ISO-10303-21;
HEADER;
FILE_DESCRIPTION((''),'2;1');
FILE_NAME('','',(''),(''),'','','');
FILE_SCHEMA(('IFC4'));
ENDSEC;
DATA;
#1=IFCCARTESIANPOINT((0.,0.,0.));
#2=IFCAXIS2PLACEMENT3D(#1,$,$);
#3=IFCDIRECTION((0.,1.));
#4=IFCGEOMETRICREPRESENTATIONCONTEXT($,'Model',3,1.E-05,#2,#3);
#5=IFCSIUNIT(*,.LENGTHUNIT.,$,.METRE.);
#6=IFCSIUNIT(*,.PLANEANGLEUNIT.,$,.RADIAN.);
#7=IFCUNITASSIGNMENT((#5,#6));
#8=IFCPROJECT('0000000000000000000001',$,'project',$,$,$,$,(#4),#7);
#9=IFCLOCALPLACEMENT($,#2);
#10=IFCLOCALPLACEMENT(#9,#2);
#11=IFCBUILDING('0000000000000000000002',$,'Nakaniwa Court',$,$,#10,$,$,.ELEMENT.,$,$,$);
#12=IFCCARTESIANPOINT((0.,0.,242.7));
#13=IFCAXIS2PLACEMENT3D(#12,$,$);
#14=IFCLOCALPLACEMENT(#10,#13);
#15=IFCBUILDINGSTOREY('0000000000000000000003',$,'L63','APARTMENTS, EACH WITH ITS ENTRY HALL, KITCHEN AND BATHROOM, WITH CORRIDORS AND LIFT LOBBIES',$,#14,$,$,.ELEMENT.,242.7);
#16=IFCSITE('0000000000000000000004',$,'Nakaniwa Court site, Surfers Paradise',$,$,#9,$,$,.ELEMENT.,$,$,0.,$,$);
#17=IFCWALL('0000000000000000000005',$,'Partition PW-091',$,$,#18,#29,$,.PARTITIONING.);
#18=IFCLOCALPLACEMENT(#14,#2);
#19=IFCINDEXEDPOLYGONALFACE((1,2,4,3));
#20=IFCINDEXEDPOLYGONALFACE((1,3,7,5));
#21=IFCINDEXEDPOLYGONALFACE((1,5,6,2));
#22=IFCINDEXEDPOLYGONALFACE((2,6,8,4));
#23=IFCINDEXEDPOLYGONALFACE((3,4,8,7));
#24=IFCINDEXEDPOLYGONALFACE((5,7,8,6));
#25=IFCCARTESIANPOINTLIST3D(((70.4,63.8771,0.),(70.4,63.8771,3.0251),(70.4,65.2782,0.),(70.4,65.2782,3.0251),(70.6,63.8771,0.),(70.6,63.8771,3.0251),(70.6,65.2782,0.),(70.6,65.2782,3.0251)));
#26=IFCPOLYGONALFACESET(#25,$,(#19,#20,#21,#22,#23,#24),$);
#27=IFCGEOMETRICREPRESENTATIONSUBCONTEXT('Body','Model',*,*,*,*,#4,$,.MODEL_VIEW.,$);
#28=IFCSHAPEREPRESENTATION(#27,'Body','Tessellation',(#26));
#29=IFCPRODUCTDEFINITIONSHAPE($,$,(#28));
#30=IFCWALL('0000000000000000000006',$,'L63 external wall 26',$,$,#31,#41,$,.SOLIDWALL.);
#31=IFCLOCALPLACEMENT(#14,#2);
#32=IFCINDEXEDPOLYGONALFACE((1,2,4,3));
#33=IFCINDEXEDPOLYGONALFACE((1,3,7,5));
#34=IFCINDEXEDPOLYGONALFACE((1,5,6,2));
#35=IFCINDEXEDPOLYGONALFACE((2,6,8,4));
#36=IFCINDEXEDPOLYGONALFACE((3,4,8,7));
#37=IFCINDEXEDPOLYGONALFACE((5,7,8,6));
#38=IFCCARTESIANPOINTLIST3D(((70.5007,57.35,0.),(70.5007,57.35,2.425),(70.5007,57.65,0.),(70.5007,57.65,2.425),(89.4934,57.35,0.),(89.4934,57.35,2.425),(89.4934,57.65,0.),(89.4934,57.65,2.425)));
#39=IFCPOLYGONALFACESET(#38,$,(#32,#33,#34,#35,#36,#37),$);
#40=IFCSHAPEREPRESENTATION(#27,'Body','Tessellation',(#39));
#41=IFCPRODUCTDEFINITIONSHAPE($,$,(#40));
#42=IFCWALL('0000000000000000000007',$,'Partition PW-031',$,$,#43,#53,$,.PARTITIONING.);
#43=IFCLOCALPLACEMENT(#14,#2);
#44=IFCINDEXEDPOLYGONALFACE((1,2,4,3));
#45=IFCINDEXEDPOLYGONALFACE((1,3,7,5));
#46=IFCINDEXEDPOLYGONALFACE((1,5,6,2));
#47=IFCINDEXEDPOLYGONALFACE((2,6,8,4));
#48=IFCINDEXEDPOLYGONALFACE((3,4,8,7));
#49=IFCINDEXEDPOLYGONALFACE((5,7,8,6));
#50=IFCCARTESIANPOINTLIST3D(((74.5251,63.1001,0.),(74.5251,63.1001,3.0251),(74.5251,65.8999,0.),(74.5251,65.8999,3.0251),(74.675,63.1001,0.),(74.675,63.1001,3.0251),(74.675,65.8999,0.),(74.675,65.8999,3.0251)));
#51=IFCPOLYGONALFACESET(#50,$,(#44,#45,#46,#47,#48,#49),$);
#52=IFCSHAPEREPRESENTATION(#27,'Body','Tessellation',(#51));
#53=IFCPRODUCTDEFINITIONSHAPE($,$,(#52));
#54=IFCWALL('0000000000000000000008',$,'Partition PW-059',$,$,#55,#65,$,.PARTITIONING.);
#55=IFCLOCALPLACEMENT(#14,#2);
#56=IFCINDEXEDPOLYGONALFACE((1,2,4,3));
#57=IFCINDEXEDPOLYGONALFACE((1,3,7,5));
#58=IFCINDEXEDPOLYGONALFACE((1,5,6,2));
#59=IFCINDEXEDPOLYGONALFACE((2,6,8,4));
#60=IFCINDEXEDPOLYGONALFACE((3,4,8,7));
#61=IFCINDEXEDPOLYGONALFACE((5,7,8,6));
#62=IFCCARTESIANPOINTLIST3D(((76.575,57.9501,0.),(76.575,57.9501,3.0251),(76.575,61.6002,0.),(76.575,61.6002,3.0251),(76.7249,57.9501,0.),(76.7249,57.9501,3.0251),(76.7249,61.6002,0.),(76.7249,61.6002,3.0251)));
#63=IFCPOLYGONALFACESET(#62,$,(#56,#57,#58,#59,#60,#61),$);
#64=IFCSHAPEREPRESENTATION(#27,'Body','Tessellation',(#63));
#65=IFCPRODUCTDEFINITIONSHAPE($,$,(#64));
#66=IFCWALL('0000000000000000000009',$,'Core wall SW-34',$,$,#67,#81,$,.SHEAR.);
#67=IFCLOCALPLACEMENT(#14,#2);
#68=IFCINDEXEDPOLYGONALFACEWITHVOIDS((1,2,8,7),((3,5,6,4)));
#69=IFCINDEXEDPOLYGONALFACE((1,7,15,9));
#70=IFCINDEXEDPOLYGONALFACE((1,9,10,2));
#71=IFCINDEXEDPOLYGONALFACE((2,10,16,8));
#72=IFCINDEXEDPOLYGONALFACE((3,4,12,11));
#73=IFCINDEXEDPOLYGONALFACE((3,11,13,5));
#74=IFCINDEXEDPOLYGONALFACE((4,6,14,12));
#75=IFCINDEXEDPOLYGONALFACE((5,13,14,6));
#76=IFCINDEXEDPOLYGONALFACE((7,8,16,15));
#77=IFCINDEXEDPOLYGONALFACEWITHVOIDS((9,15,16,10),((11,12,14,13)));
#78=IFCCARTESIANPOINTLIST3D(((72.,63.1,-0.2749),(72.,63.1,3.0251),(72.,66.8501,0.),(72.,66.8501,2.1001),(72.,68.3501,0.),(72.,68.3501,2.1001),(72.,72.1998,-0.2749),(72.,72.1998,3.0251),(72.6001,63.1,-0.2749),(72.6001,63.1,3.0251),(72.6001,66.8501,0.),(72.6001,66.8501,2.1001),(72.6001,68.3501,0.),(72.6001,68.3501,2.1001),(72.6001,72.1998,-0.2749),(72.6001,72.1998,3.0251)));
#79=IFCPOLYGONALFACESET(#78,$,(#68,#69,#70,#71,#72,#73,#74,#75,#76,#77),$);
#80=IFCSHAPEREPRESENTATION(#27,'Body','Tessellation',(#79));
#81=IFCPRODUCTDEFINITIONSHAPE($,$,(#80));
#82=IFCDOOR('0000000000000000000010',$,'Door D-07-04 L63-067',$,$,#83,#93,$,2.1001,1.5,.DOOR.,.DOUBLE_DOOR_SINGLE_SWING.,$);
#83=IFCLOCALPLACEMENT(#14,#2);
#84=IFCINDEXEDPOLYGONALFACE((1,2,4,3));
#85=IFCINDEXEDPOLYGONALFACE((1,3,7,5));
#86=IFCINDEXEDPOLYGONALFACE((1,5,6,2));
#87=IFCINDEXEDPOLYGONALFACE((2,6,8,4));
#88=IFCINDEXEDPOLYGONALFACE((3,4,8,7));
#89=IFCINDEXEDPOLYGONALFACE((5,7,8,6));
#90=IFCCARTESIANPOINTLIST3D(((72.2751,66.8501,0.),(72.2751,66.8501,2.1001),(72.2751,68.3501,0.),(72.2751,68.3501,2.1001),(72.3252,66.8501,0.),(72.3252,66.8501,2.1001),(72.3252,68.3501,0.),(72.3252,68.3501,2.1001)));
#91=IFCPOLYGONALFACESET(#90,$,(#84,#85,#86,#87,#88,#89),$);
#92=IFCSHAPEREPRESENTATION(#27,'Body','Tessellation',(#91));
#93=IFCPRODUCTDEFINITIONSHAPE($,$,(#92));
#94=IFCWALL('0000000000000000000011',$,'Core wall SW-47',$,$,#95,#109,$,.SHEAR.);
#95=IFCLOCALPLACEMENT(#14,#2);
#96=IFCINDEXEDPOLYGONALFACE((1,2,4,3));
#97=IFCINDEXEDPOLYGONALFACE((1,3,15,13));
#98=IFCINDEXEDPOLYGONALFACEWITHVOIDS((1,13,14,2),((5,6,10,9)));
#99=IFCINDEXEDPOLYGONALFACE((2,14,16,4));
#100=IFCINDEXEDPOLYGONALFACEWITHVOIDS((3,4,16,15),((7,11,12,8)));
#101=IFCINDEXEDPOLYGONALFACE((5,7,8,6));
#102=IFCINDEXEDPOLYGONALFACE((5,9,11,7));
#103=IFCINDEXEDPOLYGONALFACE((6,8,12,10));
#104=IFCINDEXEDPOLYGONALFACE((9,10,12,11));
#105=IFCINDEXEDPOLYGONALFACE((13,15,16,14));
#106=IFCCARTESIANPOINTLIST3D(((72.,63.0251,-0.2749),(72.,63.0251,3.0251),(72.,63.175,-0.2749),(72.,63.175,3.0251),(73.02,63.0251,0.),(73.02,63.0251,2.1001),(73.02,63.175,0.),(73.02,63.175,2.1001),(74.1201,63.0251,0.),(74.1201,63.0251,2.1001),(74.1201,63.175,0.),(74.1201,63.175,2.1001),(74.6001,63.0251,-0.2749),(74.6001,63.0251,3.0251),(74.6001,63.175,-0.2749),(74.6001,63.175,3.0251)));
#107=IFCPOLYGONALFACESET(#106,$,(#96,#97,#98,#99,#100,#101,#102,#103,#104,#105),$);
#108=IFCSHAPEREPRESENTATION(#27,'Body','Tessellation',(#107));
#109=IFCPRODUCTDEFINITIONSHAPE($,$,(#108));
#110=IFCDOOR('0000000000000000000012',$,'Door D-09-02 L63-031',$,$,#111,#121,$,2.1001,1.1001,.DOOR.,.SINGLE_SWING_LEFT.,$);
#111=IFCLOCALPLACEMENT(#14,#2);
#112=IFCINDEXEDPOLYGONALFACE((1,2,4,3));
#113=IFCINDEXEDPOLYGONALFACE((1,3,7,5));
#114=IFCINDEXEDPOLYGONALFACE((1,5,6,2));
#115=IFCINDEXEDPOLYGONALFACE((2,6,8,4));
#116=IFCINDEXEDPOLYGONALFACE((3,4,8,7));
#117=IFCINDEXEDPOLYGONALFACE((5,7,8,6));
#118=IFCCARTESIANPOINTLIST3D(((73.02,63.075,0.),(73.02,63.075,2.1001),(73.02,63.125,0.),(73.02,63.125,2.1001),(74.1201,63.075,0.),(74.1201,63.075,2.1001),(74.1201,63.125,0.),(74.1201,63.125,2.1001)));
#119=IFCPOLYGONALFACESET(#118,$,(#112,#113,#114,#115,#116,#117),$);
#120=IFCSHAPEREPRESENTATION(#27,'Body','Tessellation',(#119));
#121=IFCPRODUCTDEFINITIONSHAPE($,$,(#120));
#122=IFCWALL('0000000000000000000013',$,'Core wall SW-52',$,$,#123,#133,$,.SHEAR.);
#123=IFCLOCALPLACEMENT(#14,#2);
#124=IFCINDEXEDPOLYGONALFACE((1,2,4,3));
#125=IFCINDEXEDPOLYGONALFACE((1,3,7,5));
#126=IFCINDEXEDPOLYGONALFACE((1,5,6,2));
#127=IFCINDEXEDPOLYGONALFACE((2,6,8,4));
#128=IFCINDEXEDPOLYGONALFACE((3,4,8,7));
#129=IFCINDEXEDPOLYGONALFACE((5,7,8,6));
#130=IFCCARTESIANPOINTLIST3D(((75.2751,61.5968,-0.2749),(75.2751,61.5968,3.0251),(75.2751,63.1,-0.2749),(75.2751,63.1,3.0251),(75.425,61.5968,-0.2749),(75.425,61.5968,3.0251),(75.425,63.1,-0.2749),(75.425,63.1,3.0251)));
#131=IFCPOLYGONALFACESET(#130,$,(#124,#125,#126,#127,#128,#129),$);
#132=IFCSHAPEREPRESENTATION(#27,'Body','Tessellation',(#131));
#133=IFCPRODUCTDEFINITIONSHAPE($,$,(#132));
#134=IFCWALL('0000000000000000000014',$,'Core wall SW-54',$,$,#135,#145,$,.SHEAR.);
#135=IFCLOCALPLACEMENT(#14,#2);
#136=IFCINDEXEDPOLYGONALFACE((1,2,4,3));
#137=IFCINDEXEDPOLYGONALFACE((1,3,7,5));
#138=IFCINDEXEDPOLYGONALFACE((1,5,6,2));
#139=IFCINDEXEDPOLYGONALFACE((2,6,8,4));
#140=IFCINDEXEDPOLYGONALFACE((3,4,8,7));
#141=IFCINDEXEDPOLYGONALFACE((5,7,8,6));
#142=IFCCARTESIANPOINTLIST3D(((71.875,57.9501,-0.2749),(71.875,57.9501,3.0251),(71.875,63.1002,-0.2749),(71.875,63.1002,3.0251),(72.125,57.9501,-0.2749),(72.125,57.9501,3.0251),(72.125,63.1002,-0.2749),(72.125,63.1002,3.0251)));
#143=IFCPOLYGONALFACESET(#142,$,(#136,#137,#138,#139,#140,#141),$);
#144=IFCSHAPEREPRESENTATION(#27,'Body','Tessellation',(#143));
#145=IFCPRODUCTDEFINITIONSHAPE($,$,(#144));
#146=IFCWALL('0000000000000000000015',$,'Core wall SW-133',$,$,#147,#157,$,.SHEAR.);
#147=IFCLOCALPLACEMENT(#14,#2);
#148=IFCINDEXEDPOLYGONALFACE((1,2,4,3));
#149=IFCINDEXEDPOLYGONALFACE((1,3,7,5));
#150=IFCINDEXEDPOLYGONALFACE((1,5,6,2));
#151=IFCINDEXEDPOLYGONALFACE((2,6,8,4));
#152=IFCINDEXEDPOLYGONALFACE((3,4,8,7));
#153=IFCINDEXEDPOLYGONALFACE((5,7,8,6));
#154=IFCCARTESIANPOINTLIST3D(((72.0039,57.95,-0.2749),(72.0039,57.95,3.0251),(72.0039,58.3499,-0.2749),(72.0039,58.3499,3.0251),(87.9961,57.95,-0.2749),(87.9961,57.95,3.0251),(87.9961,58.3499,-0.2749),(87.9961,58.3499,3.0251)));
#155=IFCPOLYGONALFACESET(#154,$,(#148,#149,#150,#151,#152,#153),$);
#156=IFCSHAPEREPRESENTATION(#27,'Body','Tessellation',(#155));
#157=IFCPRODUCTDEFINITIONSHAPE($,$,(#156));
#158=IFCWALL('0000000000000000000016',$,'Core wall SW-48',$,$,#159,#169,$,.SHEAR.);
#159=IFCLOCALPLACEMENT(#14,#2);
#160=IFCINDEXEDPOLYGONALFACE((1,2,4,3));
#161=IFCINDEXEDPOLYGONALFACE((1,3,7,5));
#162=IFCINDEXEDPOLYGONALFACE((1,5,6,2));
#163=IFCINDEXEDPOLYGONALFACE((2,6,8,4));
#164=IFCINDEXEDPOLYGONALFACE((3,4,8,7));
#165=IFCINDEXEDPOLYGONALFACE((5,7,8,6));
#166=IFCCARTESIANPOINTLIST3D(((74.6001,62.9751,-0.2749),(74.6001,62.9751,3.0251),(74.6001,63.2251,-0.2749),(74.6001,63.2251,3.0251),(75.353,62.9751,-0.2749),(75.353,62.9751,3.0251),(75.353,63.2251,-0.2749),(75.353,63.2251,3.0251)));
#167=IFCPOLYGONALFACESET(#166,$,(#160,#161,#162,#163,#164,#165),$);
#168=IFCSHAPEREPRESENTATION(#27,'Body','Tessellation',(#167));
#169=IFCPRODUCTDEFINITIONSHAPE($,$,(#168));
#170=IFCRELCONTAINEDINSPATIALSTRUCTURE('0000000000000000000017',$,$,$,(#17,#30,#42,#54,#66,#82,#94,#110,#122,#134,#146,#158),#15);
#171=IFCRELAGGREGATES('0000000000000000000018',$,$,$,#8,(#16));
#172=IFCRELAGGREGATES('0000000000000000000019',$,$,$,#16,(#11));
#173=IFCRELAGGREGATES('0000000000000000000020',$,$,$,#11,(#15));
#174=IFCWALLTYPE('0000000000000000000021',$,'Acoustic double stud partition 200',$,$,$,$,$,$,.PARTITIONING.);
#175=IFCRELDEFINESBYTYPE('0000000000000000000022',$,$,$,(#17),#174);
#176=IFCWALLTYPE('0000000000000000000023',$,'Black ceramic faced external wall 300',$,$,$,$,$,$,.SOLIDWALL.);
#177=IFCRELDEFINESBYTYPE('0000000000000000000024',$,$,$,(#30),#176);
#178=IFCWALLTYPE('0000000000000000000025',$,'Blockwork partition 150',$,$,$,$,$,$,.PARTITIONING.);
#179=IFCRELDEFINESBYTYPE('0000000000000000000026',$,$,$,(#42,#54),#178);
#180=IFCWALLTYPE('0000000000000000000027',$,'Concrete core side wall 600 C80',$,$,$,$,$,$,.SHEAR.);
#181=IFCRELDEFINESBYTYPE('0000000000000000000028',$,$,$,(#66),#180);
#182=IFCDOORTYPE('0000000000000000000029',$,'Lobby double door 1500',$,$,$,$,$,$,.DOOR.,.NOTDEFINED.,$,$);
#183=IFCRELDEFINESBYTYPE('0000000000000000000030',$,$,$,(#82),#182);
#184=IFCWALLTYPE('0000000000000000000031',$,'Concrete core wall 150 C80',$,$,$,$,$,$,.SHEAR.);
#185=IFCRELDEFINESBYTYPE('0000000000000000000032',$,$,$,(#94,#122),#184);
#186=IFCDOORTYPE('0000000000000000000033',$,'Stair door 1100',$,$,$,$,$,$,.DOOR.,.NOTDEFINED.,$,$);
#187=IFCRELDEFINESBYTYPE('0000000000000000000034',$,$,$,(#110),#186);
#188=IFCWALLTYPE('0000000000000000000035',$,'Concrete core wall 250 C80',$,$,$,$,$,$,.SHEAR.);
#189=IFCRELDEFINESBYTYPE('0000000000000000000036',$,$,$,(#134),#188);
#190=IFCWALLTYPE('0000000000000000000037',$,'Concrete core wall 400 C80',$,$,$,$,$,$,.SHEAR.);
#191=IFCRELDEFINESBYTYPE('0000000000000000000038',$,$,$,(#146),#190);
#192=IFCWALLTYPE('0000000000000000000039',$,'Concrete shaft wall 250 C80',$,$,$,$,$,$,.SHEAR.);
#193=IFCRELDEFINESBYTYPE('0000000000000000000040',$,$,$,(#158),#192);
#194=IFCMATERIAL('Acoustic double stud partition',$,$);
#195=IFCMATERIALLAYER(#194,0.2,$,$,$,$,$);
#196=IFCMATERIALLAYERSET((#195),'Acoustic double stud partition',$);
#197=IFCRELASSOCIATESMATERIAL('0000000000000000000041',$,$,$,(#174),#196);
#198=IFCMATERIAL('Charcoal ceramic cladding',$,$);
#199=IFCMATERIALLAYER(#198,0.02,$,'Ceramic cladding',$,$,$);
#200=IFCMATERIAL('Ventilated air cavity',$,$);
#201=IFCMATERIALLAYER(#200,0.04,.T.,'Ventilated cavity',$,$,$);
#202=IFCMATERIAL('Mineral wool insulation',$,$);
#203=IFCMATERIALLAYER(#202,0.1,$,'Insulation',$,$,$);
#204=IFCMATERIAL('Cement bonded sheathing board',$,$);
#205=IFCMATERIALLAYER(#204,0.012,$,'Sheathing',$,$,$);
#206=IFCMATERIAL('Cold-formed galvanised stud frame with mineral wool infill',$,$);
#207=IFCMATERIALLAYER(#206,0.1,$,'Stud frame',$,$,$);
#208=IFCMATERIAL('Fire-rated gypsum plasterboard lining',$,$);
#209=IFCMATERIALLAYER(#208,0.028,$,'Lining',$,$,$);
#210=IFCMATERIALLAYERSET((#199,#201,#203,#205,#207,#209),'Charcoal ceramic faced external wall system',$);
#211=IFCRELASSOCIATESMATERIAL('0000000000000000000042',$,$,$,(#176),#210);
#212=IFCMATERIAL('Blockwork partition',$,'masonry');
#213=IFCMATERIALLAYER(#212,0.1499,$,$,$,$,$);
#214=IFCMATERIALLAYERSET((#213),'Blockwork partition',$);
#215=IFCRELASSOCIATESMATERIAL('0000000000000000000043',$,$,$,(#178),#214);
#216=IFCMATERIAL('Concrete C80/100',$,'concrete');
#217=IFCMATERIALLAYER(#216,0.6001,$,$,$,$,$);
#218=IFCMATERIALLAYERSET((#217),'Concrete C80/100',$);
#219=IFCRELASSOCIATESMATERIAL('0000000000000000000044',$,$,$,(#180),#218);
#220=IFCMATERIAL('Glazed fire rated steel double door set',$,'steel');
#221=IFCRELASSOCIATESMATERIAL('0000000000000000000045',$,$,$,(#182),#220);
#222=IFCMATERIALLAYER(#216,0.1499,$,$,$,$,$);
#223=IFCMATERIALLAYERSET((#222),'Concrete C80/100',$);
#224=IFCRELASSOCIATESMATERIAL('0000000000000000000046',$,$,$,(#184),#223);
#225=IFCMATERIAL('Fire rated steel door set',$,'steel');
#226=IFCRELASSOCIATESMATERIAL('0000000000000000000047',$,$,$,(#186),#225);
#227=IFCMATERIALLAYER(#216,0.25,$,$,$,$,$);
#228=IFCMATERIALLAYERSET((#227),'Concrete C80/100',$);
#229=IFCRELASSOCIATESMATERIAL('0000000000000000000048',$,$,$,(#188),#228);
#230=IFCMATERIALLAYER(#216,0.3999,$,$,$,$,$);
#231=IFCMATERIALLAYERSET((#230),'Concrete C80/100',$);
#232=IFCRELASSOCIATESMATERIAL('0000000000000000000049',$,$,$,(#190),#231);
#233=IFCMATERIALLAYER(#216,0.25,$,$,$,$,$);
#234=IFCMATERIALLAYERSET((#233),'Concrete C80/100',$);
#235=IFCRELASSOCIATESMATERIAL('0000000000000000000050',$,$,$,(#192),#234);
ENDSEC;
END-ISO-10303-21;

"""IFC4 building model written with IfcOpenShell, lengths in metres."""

from ifc_helpers import new_model, si_unit, direction, frame, frame_2d, origin, place, context, subcontext, project, spatial, rectangle, extrude, material, layer, layer_set, type_object, element, fill, save


model = new_model("IFC4")

# Units and contexts
model_context = context("Model", 3, precision=1e-05, world=origin(), true_north=direction((0.0, 1.0)))
body_context = subcontext(model_context, "Body", "Model", "MODEL_VIEW")
ifc_project = project(units=[si_unit("LENGTHUNIT", "METRE"), si_unit("PLANEANGLEUNIT", "RADIAN")], contexts=[model_context])

# Site, building, storey
site_placement = place(None, origin())
site = spatial("IfcSite", under=ifc_project, at=site_placement, Name="Nakaniwa Court site, Surfers Paradise", CompositionType="ELEMENT", RefElevation=0.0)
building_placement = place(site_placement, origin())
building = spatial("IfcBuilding", under=site, at=building_placement, Name="Nakaniwa Court", CompositionType="ELEMENT")
storey_placement = place(building_placement, frame((0.0, 0.0, 242.7)))
storey = spatial("IfcBuildingStorey", under=building, at=storey_placement, Name="L63", Description="APARTMENTS, EACH WITH ITS ENTRY HALL, KITCHEN AND BATHROOM, WITH CORRIDORS AND LIFT LOBBIES", CompositionType="ELEMENT", Elevation=242.7)

# Walls
ifc_material_1 = material(Name="Acoustic double stud partition")
ifc_layer_1 = layer(ifc_material_1, 0.2)
ifc_layer_set_1 = layer_set([ifc_layer_1], Name="Acoustic double stud partition")
wall_type_1 = type_object("IfcWallType", Name="Acoustic double stud partition 200", PredefinedType="PARTITIONING", material=ifc_layer_set_1)
wall_1_placement = place(storey_placement, frame((70.5, 63.877, 0.0), z_axis=(0.0, 0.0, 1.0), x_axis=(0.0, 1.0, 0.0)))
element("IfcWall", 1, at=wall_1_placement, inside=storey, type_object=wall_type_1, Name="Partition PW-091", PredefinedType="PARTITIONING", context=body_context, shape_type="SweptSolid", body=[
    extrude(rectangle(XDim=1.4011, YDim=0.2, at=frame_2d((0.7007, 0.0))), origin(), (0.0, 0.0, 1.0), 3.0251),
])
ifc_material_2 = material(Name="Charcoal ceramic cladding")
ifc_layer_2 = layer(ifc_material_2, 0.02, Name="Ceramic cladding")
ifc_material_3 = material(Name="Ventilated air cavity")
ifc_layer_3 = layer(ifc_material_3, 0.04, ventilated=True, Name="Ventilated cavity")
ifc_material_4 = material(Name="Mineral wool insulation")
ifc_layer_4 = layer(ifc_material_4, 0.1, Name="Insulation")
ifc_material_5 = material(Name="Cement bonded sheathing board")
ifc_layer_5 = layer(ifc_material_5, 0.012, Name="Sheathing")
ifc_material_6 = material(Name="Cold-formed galvanised stud frame with mineral wool infill")
ifc_layer_6 = layer(ifc_material_6, 0.1, Name="Stud frame")
ifc_material_7 = material(Name="Fire-rated gypsum plasterboard lining")
ifc_layer_7 = layer(ifc_material_7, 0.028, Name="Lining")
ifc_layer_set_2 = layer_set([ifc_layer_2, ifc_layer_3, ifc_layer_4, ifc_layer_5, ifc_layer_6, ifc_layer_7], Name="Charcoal ceramic faced external wall system")
wall_type_2 = type_object("IfcWallType", Name="Black ceramic faced external wall 300", PredefinedType="SOLIDWALL", material=ifc_layer_set_2)
wall_2_placement = place(storey_placement, frame((70.5007, 57.5, 0.0), z_axis=(0.0, 0.0, 1.0), x_axis=(1.0, 0.0, 0.0)))
element("IfcWall", 2, at=wall_2_placement, inside=storey, type_object=wall_type_2, Name="L63 external wall 26", PredefinedType="SOLIDWALL", context=body_context, shape_type="SweptSolid", body=[
    extrude(rectangle(XDim=18.9927, YDim=0.3, at=frame_2d((9.4963, 0.0))), origin(), (0.0, 0.0, 1.0), 2.425),
])
ifc_material_8 = material(Name="Blockwork partition", Category="masonry")
ifc_layer_8 = layer(ifc_material_8, 0.1499)
ifc_layer_set_3 = layer_set([ifc_layer_8], Name="Blockwork partition")
wall_type_3 = type_object("IfcWallType", Name="Blockwork partition 150", PredefinedType="PARTITIONING", material=ifc_layer_set_3)
wall_3_placement = place(storey_placement, frame((74.6001, 63.1001, 0.0), z_axis=(0.0, 0.0, 1.0), x_axis=(0.0, 1.0, 0.0)))
element("IfcWall", 3, at=wall_3_placement, inside=storey, type_object=wall_type_3, Name="Partition PW-031", PredefinedType="PARTITIONING", context=body_context, shape_type="SweptSolid", body=[
    extrude(rectangle(XDim=2.7998, YDim=0.1499, at=frame_2d((1.3999, 0.0))), origin(), (0.0, 0.0, 1.0), 3.0251),
])
wall_4_placement = place(storey_placement, frame((76.6499, 57.95, 0.0), z_axis=(0.0, 0.0, 1.0), x_axis=(0.0, 1.0, 0.0)))
element("IfcWall", 4, at=wall_4_placement, inside=storey, type_object=wall_type_3, Name="Partition PW-059", PredefinedType="PARTITIONING", context=body_context, shape_type="SweptSolid", body=[
    extrude(rectangle(XDim=3.6501, YDim=0.1499, at=frame_2d((1.8252, 0.0))), origin(), (0.0, 0.0, 1.0), 3.0251),
])

# Walls, openings, doors
ifc_material_9 = material(Name="Concrete C80/100", Category="concrete")
ifc_layer_9 = layer(ifc_material_9, 0.6001)
ifc_layer_set_4 = layer_set([ifc_layer_9], Name="Concrete C80/100")
wall_type_4 = type_object("IfcWallType", Name="Concrete core side wall 600 C80", PredefinedType="SHEAR", material=ifc_layer_set_4)
wall_5_placement = place(storey_placement, frame((72.3, 63.1001, -0.2749), z_axis=(0.0, 0.0, 1.0), x_axis=(0.0, 1.0, 0.0)))
wall_5 = element("IfcWall", 5, at=wall_5_placement, inside=storey, type_object=wall_type_4, Name="Core wall SW-34", PredefinedType="SHEAR", context=body_context, shape_type="SweptSolid", body=[
    extrude(rectangle(XDim=9.0999, YDim=0.6001, at=frame_2d((4.5498, 0.0))), origin(), (0.0, 0.0, 1.0), 3.3),
])
opening_1_placement = place(wall_5_placement, frame((3.75, 0.0, 0.2749)))
opening_1 = element("IfcOpeningElement", 6, at=opening_1_placement, cuts=wall_5, PredefinedType="OPENING", context=body_context, shape_type="SweptSolid", body=[
    extrude(rectangle(XDim=1.5, YDim=2.1001, at=frame_2d((0.75, 1.05))), frame((0.0, 0.3101, 0.0), z_axis=(0.0, -1.0, 0.0), x_axis=(1.0, 0.0, 0.0)), (0.0, 0.0, 1.0), 0.6201),
])
ifc_material_10 = material(Name="Glazed fire rated steel double door set", Category="steel")
door_type_1 = type_object("IfcDoorType", Name="Lobby double door 1500", OperationType="NOTDEFINED", PredefinedType="DOOR", material=ifc_material_10)
door_1_placement = place(opening_1_placement, origin())
door_1 = element("IfcDoor", 7, at=door_1_placement, inside=storey, type_object=door_type_1, Name="Door D-07-04 L63-067", OperationType="DOUBLE_DOOR_SINGLE_SWING", OverallHeight=2.1001, OverallWidth=1.5, PredefinedType="DOOR", context=body_context, shape_type="SweptSolid", body=[
    extrude(rectangle(XDim=1.5, YDim=2.1001, at=frame_2d((0.75, 1.05))), frame((0.0, 0.0249, 0.0), z_axis=(0.0, -1.0, 0.0), x_axis=(1.0, 0.0, 0.0)), (0.0, 0.0, 1.0), 0.05),
])
fill(opening_1, door_1)
ifc_layer_10 = layer(ifc_material_9, 0.1499)
ifc_layer_set_5 = layer_set([ifc_layer_10], Name="Concrete C80/100")
wall_type_5 = type_object("IfcWallType", Name="Concrete core wall 150 C80", PredefinedType="SHEAR", material=ifc_layer_set_5)
wall_6_placement = place(storey_placement, frame((72.0, 63.1001, -0.2749), z_axis=(0.0, 0.0, 1.0), x_axis=(1.0, 0.0, 0.0)))
wall_6 = element("IfcWall", 8, at=wall_6_placement, inside=storey, type_object=wall_type_5, Name="Core wall SW-47", PredefinedType="SHEAR", context=body_context, shape_type="SweptSolid", body=[
    extrude(rectangle(XDim=2.6001, YDim=0.1499, at=frame_2d((1.3, 0.0))), origin(), (0.0, 0.0, 1.0), 3.3),
])
opening_2_placement = place(wall_6_placement, frame((1.02, 0.0, 0.2749)))
opening_2 = element("IfcOpeningElement", 9, at=opening_2_placement, cuts=wall_6, PredefinedType="OPENING", context=body_context, shape_type="SweptSolid", body=[
    extrude(rectangle(XDim=1.1001, YDim=2.1001, at=frame_2d((0.55, 1.05))), frame((0.0, 0.085, 0.0), z_axis=(0.0, -1.0, 0.0), x_axis=(1.0, 0.0, 0.0)), (0.0, 0.0, 1.0), 0.1699),
])
ifc_material_11 = material(Name="Fire rated steel door set", Category="steel")
door_type_2 = type_object("IfcDoorType", Name="Stair door 1100", OperationType="NOTDEFINED", PredefinedType="DOOR", material=ifc_material_11)
door_2_placement = place(opening_2_placement, origin())
door_2 = element("IfcDoor", 10, at=door_2_placement, inside=storey, type_object=door_type_2, Name="Door D-09-02 L63-031", OperationType="SINGLE_SWING_LEFT", OverallHeight=2.1001, OverallWidth=1.1001, PredefinedType="DOOR", context=body_context, shape_type="SweptSolid", body=[
    extrude(rectangle(XDim=1.1001, YDim=2.1001, at=frame_2d((0.55, 1.05))), frame((0.0, 0.0249, 0.0), z_axis=(0.0, -1.0, 0.0), x_axis=(1.0, 0.0, 0.0)), (0.0, 0.0, 1.0), 0.05),
])
fill(opening_2, door_2)

# Walls
wall_7_placement = place(storey_placement, frame((75.3501, 61.5969, -0.2749), z_axis=(0.0, 0.0, 1.0), x_axis=(0.0, 1.0, 0.0)))
element("IfcWall", 11, at=wall_7_placement, inside=storey, type_object=wall_type_5, Name="Core wall SW-52", PredefinedType="SHEAR", context=body_context, shape_type="SweptSolid", body=[
    extrude(rectangle(XDim=1.5032, YDim=0.1499, at=frame_2d((0.7515, 0.0))), origin(), (0.0, 0.0, 1.0), 3.3),
])
ifc_layer_11 = layer(ifc_material_9, 0.25)
ifc_layer_set_6 = layer_set([ifc_layer_11], Name="Concrete C80/100")
wall_type_6 = type_object("IfcWallType", Name="Concrete core wall 250 C80", PredefinedType="SHEAR", material=ifc_layer_set_6)
wall_8_placement = place(storey_placement, frame((72.0, 57.95, -0.2749), z_axis=(0.0, 0.0, 1.0), x_axis=(0.0, 1.0, 0.0)))
element("IfcWall", 12, at=wall_8_placement, inside=storey, type_object=wall_type_6, Name="Core wall SW-54", PredefinedType="SHEAR", context=body_context, shape_type="SweptSolid", body=[
    extrude(rectangle(XDim=5.1501, YDim=0.25, at=frame_2d((2.5752, 0.0))), origin(), (0.0, 0.0, 1.0), 3.3),
])
ifc_layer_12 = layer(ifc_material_9, 0.3999)
ifc_layer_set_7 = layer_set([ifc_layer_12], Name="Concrete C80/100")
wall_type_7 = type_object("IfcWallType", Name="Concrete core wall 400 C80", PredefinedType="SHEAR", material=ifc_layer_set_7)
wall_9_placement = place(storey_placement, frame((72.0039, 58.1499, -0.2749), z_axis=(0.0, 0.0, 1.0), x_axis=(1.0, 0.0, 0.0)))
element("IfcWall", 13, at=wall_9_placement, inside=storey, type_object=wall_type_7, Name="Core wall SW-133", PredefinedType="SHEAR", context=body_context, shape_type="SweptSolid", body=[
    extrude(rectangle(XDim=15.9922, YDim=0.3999, at=frame_2d((7.9961, 0.0))), origin(), (0.0, 0.0, 1.0), 3.3),
])
ifc_layer_13 = layer(ifc_material_9, 0.25)
ifc_layer_set_8 = layer_set([ifc_layer_13], Name="Concrete C80/100")
wall_type_8 = type_object("IfcWallType", Name="Concrete shaft wall 250 C80", PredefinedType="SHEAR", material=ifc_layer_set_8)
wall_10_placement = place(storey_placement, frame((74.6001, 63.1001, -0.2749), z_axis=(0.0, 0.0, 1.0), x_axis=(1.0, 0.0, 0.0)))
element("IfcWall", 14, at=wall_10_placement, inside=storey, type_object=wall_type_8, Name="Core wall SW-48", PredefinedType="SHEAR", context=body_context, shape_type="SweptSolid", body=[
    extrude(rectangle(XDim=0.7529, YDim=0.25, at=frame_2d((0.3765, 0.0))), origin(), (0.0, 0.0, 1.0), 3.3),
])

save(model, "model.ifc")
